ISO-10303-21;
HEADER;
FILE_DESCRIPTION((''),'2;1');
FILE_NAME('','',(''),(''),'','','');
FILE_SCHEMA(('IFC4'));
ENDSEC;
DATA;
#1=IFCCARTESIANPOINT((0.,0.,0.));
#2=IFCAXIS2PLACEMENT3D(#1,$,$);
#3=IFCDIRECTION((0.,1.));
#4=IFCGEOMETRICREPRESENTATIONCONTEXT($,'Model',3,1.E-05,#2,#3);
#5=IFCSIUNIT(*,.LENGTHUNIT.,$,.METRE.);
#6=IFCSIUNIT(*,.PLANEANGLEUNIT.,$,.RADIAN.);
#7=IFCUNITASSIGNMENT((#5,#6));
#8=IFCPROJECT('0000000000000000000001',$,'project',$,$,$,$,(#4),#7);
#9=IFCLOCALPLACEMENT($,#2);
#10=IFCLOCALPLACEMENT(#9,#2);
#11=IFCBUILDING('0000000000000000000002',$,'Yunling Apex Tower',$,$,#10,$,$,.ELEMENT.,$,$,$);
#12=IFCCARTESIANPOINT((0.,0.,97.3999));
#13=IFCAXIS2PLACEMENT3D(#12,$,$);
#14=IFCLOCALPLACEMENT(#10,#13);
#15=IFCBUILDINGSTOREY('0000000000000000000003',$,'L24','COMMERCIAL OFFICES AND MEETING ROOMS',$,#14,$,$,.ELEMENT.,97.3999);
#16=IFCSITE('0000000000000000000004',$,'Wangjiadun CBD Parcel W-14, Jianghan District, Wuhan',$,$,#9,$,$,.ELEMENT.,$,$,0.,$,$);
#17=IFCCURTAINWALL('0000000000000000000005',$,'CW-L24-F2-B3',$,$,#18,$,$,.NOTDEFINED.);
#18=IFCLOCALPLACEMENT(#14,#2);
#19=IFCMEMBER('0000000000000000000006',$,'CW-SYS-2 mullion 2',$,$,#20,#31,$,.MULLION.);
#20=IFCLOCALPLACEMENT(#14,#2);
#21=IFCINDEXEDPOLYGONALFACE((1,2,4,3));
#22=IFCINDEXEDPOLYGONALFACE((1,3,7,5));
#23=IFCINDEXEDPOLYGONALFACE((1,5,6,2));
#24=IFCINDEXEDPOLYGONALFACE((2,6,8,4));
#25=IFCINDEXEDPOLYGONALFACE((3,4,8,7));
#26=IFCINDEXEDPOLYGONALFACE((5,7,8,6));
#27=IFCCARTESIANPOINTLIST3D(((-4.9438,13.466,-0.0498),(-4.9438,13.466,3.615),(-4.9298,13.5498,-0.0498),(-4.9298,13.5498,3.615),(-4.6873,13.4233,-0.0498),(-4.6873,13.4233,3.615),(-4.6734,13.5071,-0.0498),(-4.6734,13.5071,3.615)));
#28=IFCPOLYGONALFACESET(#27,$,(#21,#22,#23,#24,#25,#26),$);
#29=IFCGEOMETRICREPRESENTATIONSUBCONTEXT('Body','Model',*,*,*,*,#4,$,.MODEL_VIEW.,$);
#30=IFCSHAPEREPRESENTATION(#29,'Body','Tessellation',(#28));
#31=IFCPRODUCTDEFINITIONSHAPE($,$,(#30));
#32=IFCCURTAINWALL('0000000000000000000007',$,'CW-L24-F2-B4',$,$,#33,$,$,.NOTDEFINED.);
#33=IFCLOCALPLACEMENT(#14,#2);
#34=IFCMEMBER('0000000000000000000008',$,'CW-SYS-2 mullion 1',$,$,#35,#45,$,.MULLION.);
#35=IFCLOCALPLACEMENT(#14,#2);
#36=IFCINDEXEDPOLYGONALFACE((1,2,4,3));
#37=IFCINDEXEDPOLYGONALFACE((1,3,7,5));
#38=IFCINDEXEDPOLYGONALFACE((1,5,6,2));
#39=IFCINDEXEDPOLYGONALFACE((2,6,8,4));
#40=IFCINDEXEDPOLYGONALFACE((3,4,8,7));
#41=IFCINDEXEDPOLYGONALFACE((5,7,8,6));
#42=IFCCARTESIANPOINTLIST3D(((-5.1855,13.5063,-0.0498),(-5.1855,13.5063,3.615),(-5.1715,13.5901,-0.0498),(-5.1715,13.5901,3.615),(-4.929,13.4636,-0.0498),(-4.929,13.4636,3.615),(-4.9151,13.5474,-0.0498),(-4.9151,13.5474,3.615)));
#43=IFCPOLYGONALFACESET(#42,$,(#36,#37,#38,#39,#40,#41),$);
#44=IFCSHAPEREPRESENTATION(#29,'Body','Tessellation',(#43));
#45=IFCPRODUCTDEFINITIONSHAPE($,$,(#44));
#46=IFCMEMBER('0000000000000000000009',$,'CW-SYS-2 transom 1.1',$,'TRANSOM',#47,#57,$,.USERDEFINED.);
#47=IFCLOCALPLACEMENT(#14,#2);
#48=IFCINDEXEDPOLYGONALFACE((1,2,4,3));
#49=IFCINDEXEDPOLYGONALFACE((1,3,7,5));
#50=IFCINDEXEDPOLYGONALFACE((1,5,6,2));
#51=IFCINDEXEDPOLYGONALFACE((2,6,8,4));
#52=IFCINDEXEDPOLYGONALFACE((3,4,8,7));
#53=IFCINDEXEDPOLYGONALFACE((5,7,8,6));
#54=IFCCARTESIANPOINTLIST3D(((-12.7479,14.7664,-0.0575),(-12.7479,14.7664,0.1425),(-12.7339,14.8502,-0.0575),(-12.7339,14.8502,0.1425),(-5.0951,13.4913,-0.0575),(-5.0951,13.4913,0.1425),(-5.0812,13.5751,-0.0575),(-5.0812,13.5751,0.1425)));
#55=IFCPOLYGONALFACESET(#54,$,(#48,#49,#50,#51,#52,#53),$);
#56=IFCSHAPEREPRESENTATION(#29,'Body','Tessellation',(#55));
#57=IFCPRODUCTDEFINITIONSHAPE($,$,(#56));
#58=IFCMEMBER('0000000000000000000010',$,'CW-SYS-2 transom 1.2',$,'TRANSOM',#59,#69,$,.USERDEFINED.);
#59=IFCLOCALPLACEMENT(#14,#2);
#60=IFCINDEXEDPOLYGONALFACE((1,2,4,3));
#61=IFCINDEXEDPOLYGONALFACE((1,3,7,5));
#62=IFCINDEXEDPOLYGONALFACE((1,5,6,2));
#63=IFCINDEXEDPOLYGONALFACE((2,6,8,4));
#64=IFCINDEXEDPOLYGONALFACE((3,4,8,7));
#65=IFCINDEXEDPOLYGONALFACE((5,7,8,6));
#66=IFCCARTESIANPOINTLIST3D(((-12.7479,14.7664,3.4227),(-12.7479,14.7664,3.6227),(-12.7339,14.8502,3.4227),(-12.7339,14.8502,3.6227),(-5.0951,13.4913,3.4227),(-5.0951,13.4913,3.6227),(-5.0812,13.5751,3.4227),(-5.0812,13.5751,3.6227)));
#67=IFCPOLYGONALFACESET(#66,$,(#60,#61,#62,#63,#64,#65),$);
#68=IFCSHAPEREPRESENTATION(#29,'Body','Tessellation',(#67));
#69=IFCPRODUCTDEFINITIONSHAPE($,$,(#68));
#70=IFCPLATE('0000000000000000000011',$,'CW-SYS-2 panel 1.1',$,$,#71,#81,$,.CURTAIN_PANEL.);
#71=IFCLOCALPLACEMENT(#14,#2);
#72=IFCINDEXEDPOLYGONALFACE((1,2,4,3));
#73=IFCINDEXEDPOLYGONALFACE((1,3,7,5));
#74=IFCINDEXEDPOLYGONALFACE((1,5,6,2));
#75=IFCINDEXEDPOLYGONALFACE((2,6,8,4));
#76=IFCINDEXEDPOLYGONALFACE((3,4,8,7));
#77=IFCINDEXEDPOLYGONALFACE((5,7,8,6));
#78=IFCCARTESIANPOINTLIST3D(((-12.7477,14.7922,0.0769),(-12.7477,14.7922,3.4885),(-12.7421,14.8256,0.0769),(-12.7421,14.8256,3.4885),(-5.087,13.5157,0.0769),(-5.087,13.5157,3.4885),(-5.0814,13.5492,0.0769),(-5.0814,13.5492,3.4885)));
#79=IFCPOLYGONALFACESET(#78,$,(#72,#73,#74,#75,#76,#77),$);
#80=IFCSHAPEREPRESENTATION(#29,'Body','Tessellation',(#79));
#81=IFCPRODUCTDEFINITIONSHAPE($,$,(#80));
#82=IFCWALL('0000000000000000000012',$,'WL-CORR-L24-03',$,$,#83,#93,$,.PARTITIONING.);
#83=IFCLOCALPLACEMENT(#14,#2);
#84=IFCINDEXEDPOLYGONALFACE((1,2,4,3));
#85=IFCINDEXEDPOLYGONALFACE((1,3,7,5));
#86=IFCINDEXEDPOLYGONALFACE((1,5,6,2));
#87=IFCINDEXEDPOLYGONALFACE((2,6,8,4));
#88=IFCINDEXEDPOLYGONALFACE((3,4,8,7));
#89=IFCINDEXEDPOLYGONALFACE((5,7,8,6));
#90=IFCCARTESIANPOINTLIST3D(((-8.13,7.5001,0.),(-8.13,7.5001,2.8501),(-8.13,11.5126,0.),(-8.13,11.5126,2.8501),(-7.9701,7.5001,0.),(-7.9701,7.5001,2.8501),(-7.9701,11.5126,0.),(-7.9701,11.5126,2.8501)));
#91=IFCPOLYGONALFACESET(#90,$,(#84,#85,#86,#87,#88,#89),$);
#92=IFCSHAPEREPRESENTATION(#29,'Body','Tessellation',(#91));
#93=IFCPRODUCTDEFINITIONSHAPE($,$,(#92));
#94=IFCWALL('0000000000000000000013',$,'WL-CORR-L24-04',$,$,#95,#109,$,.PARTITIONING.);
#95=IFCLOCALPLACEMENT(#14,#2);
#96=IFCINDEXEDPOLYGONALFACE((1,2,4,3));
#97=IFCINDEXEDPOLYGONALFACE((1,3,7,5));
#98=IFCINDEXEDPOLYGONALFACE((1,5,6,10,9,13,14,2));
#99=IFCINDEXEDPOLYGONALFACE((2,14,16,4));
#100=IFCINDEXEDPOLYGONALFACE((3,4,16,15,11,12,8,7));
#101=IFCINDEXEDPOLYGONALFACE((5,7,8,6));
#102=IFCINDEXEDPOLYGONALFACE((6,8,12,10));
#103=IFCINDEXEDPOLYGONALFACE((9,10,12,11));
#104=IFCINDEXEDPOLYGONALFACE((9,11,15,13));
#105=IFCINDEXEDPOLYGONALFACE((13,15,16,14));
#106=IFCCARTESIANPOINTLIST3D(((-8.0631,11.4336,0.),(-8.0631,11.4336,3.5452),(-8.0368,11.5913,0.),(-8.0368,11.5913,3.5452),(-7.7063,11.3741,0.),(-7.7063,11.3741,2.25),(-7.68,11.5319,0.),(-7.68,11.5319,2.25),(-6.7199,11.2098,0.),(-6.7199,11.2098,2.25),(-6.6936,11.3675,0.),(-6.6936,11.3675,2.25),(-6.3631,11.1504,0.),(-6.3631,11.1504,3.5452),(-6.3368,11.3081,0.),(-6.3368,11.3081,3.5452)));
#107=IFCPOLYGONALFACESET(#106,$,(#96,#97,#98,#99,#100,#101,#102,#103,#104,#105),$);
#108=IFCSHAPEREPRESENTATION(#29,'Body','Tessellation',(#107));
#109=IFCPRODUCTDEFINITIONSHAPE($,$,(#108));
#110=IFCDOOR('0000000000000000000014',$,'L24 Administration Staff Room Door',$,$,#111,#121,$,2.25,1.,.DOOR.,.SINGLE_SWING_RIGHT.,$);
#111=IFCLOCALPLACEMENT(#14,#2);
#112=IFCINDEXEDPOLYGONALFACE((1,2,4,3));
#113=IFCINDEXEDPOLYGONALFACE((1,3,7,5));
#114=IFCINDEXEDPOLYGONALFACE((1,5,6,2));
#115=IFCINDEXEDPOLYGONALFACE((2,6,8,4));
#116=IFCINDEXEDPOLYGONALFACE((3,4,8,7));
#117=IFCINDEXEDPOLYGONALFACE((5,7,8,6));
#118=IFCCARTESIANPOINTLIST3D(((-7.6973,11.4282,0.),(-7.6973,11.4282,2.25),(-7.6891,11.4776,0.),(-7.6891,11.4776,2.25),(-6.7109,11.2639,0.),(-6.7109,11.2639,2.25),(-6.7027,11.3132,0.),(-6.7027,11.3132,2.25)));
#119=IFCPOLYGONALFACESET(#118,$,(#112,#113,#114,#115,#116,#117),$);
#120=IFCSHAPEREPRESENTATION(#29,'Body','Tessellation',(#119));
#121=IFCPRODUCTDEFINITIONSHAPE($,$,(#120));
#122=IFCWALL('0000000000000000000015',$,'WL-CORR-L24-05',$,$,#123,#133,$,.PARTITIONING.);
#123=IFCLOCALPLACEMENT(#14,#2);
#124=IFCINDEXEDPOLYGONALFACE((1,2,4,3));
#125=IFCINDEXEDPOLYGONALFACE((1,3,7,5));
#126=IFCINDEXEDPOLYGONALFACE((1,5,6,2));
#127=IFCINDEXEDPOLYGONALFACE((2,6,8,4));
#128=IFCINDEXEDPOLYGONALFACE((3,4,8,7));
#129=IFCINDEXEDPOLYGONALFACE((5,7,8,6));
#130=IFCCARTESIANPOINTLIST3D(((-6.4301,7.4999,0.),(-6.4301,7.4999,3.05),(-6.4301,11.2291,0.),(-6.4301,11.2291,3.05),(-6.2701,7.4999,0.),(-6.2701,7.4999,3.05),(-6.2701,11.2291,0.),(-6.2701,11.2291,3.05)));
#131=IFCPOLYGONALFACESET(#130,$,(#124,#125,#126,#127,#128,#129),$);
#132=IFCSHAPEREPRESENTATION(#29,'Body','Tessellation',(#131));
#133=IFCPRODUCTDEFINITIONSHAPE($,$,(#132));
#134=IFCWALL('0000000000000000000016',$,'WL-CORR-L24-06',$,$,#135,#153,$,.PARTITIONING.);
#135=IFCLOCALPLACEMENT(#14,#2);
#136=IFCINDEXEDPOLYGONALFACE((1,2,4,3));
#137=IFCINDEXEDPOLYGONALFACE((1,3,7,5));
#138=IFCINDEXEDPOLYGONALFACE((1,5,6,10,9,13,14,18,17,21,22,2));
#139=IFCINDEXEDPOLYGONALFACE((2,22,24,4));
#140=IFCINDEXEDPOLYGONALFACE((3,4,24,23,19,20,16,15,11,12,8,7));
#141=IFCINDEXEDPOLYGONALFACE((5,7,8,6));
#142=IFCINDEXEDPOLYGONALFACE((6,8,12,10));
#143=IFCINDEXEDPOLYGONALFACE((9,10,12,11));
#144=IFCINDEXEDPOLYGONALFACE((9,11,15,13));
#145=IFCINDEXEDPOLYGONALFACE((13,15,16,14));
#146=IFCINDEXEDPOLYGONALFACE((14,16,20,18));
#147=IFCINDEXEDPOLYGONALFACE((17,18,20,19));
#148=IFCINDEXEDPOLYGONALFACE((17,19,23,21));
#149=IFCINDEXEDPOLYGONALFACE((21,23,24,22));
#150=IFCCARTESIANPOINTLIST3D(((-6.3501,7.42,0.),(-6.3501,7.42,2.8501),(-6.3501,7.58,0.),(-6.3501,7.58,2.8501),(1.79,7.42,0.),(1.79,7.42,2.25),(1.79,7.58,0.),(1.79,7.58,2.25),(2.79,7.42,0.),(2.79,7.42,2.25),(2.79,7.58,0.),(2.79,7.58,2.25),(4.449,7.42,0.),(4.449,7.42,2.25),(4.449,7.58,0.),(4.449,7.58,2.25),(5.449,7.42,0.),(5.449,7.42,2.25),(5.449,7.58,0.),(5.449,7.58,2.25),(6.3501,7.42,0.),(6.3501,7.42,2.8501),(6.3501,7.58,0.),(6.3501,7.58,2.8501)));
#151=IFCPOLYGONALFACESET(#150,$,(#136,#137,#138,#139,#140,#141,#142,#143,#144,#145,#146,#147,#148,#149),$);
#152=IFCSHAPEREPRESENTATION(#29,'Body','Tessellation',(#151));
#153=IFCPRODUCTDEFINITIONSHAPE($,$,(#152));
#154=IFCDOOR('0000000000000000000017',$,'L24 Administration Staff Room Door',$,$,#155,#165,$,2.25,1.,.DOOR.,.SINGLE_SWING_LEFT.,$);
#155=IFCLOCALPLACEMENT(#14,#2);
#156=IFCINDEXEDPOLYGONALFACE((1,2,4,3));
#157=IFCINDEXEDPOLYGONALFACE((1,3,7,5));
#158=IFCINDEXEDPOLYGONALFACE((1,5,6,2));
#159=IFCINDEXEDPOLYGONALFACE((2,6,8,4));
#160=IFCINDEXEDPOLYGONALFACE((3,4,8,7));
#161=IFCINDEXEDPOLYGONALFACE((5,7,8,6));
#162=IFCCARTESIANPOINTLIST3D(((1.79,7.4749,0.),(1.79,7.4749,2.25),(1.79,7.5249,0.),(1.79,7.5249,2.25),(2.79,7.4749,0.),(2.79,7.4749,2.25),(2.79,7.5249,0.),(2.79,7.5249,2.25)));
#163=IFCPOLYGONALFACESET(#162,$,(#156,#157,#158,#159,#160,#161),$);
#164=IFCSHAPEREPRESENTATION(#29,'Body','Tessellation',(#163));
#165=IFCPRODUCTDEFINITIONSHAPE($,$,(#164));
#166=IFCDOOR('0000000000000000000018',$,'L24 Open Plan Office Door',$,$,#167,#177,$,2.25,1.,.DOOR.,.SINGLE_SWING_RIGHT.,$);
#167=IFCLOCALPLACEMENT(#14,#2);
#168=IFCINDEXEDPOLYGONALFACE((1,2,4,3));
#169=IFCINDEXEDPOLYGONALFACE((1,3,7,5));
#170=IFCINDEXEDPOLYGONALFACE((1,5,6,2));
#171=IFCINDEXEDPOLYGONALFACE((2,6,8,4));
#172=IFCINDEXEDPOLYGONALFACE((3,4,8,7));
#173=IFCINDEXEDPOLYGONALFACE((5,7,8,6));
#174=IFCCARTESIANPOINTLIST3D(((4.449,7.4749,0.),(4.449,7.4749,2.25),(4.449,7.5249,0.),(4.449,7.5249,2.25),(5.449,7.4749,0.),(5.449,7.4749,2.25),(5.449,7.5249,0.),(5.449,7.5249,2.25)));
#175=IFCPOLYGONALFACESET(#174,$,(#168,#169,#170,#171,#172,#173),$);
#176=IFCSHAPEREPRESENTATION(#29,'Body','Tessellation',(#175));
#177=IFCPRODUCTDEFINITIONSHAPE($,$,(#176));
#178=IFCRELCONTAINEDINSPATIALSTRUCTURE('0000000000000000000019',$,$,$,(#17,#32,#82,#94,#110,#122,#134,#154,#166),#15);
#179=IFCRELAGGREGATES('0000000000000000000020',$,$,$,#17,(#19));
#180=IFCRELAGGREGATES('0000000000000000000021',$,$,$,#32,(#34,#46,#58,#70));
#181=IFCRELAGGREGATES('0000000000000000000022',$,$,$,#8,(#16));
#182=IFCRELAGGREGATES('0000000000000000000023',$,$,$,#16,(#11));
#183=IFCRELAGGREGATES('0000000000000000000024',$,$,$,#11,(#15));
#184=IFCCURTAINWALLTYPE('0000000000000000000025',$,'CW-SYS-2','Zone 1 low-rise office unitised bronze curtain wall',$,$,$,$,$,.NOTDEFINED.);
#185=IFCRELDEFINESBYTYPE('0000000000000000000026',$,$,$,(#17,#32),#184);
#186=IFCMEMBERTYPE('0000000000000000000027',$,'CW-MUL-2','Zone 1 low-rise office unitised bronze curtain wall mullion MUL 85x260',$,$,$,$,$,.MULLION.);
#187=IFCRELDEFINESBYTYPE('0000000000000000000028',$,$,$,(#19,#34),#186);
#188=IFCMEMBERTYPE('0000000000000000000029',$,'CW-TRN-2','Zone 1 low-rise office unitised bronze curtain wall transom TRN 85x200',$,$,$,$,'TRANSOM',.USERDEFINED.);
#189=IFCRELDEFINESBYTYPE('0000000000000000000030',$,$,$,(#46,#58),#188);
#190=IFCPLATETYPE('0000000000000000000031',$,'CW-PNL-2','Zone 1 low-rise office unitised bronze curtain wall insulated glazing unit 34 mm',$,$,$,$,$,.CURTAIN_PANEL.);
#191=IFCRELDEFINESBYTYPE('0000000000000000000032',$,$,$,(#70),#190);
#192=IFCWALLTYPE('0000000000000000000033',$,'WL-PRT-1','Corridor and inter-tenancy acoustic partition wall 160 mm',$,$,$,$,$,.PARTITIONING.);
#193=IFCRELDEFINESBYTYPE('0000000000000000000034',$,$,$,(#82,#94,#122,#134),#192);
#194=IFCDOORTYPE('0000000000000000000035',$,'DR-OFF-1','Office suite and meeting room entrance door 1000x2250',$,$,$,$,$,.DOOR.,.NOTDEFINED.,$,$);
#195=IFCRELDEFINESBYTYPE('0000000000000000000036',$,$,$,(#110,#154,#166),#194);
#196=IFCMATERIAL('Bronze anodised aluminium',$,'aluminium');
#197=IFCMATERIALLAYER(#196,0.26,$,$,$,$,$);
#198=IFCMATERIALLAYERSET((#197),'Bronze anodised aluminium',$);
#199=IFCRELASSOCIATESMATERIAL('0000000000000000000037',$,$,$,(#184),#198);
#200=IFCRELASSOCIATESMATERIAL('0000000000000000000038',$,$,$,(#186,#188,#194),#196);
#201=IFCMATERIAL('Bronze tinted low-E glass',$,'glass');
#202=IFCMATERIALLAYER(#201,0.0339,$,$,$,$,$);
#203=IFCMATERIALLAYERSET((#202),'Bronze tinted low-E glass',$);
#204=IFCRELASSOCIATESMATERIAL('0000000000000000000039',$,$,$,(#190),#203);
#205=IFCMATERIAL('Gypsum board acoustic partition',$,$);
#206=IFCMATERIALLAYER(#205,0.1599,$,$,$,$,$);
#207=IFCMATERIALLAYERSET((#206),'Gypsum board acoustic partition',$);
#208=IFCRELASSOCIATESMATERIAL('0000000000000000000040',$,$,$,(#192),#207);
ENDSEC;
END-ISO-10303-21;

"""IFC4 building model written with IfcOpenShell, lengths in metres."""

from ifc_helpers import new_model, si_unit, direction, frame, frame_2d, origin, origin_2d, place, context, subcontext, project, spatial, rectangle, extrude, source, transform, mapped, material, layer, layer_set, material_profile, profile_set, type_object, element, fill, aggregate, save


model = new_model("IFC4")

# Units and contexts
model_context = context("Model", 3, precision=1e-05, world=origin(), true_north=direction((0.0, 1.0)))
body_context = subcontext(model_context, "Body", "Model", "MODEL_VIEW")
ifc_project = project(units=[si_unit("LENGTHUNIT", "METRE"), si_unit("PLANEANGLEUNIT", "RADIAN")], contexts=[model_context])

# Site, building, storey
site_placement = place(None, origin())
site = spatial("IfcSite", under=ifc_project, at=site_placement, Name="Wangjiadun CBD Parcel W-14, Jianghan District, Wuhan", CompositionType="ELEMENT", RefElevation=0.0)
building_placement = place(site_placement, origin())
building = spatial("IfcBuilding", under=site, at=building_placement, Name="Yunling Apex Tower", CompositionType="ELEMENT")
storey_placement = place(building_placement, frame((0.0, 0.0, 97.3999)))
storey = spatial("IfcBuildingStorey", under=building, at=storey_placement, Name="L24", Description="COMMERCIAL OFFICES AND MEETING ROOMS", CompositionType="ELEMENT", Elevation=97.3999)

# Curtain wall, member
ifc_material_1 = material(Name="Bronze anodised aluminium", Category="aluminium")
ifc_layer_1 = layer(ifc_material_1, 0.26)
ifc_layer_set_1 = layer_set([ifc_layer_1], Name="Bronze anodised aluminium")
curtain_wall_type = type_object("IfcCurtainWallType", Name="CW-SYS-2", Description="Zone 1 low-rise office unitised bronze curtain wall", PredefinedType="NOTDEFINED", material=ifc_layer_set_1)
curtain_wall_1_placement = place(storey_placement, origin())
curtain_wall_1 = element("IfcCurtainWall", 1, at=curtain_wall_1_placement, inside=storey, type_object=curtain_wall_type, Name="CW-L24-F2-B3", PredefinedType="NOTDEFINED")
ifc_material_profile_1 = material_profile(ifc_material_1, rectangle(XDim=0.085, YDim=0.26, at=origin_2d()))
ifc_profile_set_1 = profile_set([ifc_material_profile_1], Name="Bronze anodised aluminium")
member_type_1 = type_object("IfcMemberType", Name="CW-MUL-2", Description="Zone 1 low-rise office unitised bronze curtain wall mullion MUL 85x260", PredefinedType="MULLION", material=ifc_profile_set_1)
shared_shape_1 = source(origin(), body_context, "Body", "SweptSolid", [
    extrude(rectangle(XDim=0.085, YDim=0.26, at=origin_2d()), origin(), (0.0, 0.0, 1.0), 3.6648),
])
member_1_placement = place(storey_placement, frame((-4.8086, 13.4866, -0.0498), z_axis=(0.0, 0.0, 1.0), x_axis=(-0.164362, -0.9864, 0.0)))
member_1 = element("IfcMember", 2, at=member_1_placement, type_object=member_type_1, Name="CW-SYS-2 mullion 2", PredefinedType="MULLION", context=body_context, shape_type="MappedRepresentation", body=[
    mapped(shared_shape_1, transform((0.0, 0.0, 0.0), scale=1.0)),
])
aggregate(curtain_wall_1, [member_1])

# Curtain wall, members, plate
curtain_wall_2_placement = place(storey_placement, origin())
curtain_wall_2 = element("IfcCurtainWall", 3, at=curtain_wall_2_placement, inside=storey, type_object=curtain_wall_type, Name="CW-L24-F2-B4", PredefinedType="NOTDEFINED")
member_2_placement = place(storey_placement, frame((-5.0503, 13.5269, -0.0498), z_axis=(0.0, 0.0, 1.0), x_axis=(-0.16436, -0.9864, 0.0)))
member_2 = element("IfcMember", 4, at=member_2_placement, type_object=member_type_1, Name="CW-SYS-2 mullion 1", PredefinedType="MULLION", context=body_context, shape_type="MappedRepresentation", body=[
    mapped(shared_shape_1, transform((0.0, 0.0, 0.0), scale=1.0)),
])
ifc_material_profile_2 = material_profile(ifc_material_1, rectangle(XDim=0.085, YDim=0.2, at=origin_2d()))
ifc_profile_set_2 = profile_set([ifc_material_profile_2], Name="Bronze anodised aluminium")
member_type_2 = type_object("IfcMemberType", Name="CW-TRN-2", Description="Zone 1 low-rise office unitised bronze curtain wall transom TRN 85x200", ElementType="TRANSOM", PredefinedType="USERDEFINED", material=ifc_profile_set_2)
shared_shape_2 = source(origin(), body_context, "Body", "SweptSolid", [
    extrude(rectangle(XDim=0.085, YDim=0.2, at=origin_2d()), origin(), (0.0, 0.0, 1.0), 7.7583),
])
member_3_placement = place(storey_placement, frame((-5.0881, 13.5332, 0.0425), z_axis=(-0.986401, 0.164358, 0.0), x_axis=(-0.164358, -0.986401, 0.0)))
member_3 = element("IfcMember", 5, at=member_3_placement, type_object=member_type_2, Name="CW-SYS-2 transom 1.1", ObjectType="TRANSOM", PredefinedType="USERDEFINED", context=body_context, shape_type="MappedRepresentation", body=[
    mapped(shared_shape_2, transform((0.0, 0.0, 0.0), scale=1.0)),
])
member_4_placement = place(storey_placement, frame((-5.0881, 13.5332, 3.5227), z_axis=(-0.986401, 0.164358, 0.0), x_axis=(-0.164358, -0.986401, 0.0)))
member_4 = element("IfcMember", 6, at=member_4_placement, type_object=member_type_2, Name="CW-SYS-2 transom 1.2", ObjectType="TRANSOM", PredefinedType="USERDEFINED", context=body_context, shape_type="MappedRepresentation", body=[
    mapped(shared_shape_2, transform((0.0, 0.0, 0.0), scale=1.0)),
])
ifc_material_2 = material(Name="Bronze tinted low-E glass", Category="glass")
ifc_layer_2 = layer(ifc_material_2, 0.0339)
ifc_layer_set_2 = layer_set([ifc_layer_2], Name="Bronze tinted low-E glass")
plate_type = type_object("IfcPlateType", Name="CW-PNL-2", Description="Zone 1 low-rise office unitised bronze curtain wall insulated glazing unit 34 mm", PredefinedType="CURTAIN_PANEL", material=ifc_layer_set_2)
shared_shape_3 = source(origin(), body_context, "Body", "SweptSolid", [
    extrude(rectangle(XDim=7.7664, YDim=0.0339, at=origin_2d()), origin(), (0.0, 0.0, 1.0), 3.4116),
])
plate_placement = place(storey_placement, frame((-8.9146, 14.1707, 0.0769), z_axis=(0.0, 0.0, 1.0), x_axis=(-0.9864, 0.16436, 0.0)))
plate = element("IfcPlate", 7, at=plate_placement, type_object=plate_type, Name="CW-SYS-2 panel 1.1", PredefinedType="CURTAIN_PANEL", context=body_context, shape_type="MappedRepresentation", body=[
    mapped(shared_shape_3, transform((0.0, 0.0, 0.0), scale=1.0)),
])
aggregate(curtain_wall_2, [member_2, member_3, member_4, plate])

# Wall
ifc_material_3 = material(Name="Gypsum board acoustic partition")
ifc_layer_3 = layer(ifc_material_3, 0.1599)
ifc_layer_set_3 = layer_set([ifc_layer_3], Name="Gypsum board acoustic partition")
wall_type_1 = type_object("IfcWallType", Name="WL-PRT-1", Description="Corridor and inter-tenancy acoustic partition wall 160 mm", PredefinedType="PARTITIONING", material=ifc_layer_set_3)
wall_1_placement = place(storey_placement, frame((-8.05, 7.5, 0.0), z_axis=(0.0, 0.0, 1.0), x_axis=(0.0, 1.0, 0.0)))
element("IfcWall", 8, at=wall_1_placement, inside=storey, type_object=wall_type_1, Name="WL-CORR-L24-03", PredefinedType="PARTITIONING", context=body_context, shape_type="SweptSolid", body=[
    extrude(rectangle(XDim=4.0125, YDim=0.1599, at=frame_2d((2.0063, 0.0))), origin(), (0.0, 0.0, 1.0), 2.8501),
])

# Wall, opening, door
wall_2_placement = place(storey_placement, frame((-8.05, 11.5125, 0.0), z_axis=(0.0, 0.0, 1.0), x_axis=(0.986405, -0.16433, 0.0)))
wall_2 = element("IfcWall", 9, at=wall_2_placement, inside=storey, type_object=wall_type_1, Name="WL-CORR-L24-04", PredefinedType="PARTITIONING", context=body_context, shape_type="SweptSolid", body=[
    extrude(rectangle(XDim=1.7234, YDim=0.1599, at=frame_2d((0.8618, 0.0))), origin(), (0.0, 0.0, 1.0), 3.5452),
])
opening_1_placement = place(wall_2_placement, frame((0.3618, 0.0, 0.0)))
opening_1 = element("IfcOpeningElement", 10, at=opening_1_placement, cuts=wall_2, PredefinedType="OPENING", context=body_context, shape_type="SweptSolid", body=[
    extrude(rectangle(XDim=1.0, YDim=2.25, at=frame_2d((0.5, 1.125))), frame((0.0, 0.0898, 0.0), z_axis=(0.0, -1.0, 0.0), x_axis=(1.0, 0.0, 0.0)), (0.0, 0.0, 1.0), 0.1799),
])
door_type = type_object("IfcDoorType", Name="DR-OFF-1", Description="Office suite and meeting room entrance door 1000x2250", OperationType="NOTDEFINED", PredefinedType="DOOR", material=ifc_material_1)
door_1_placement = place(opening_1_placement, origin())
door_1 = element("IfcDoor", 11, at=door_1_placement, inside=storey, type_object=door_type, Name="L24 Administration Staff Room Door", OperationType="SINGLE_SWING_RIGHT", OverallHeight=2.25, OverallWidth=1.0, PredefinedType="DOOR", context=body_context, shape_type="SweptSolid", body=[
    extrude(rectangle(XDim=1.0, YDim=2.25, at=frame_2d((0.5, 1.125))), frame((0.0, 0.0249, 0.0), z_axis=(0.0, -1.0, 0.0), x_axis=(1.0, 0.0, 0.0)), (0.0, 0.0, 1.0), 0.05),
])
fill(opening_1, door_1)

# Wall
wall_3_placement = place(storey_placement, frame((-6.3501, 11.2292, 0.0), z_axis=(0.0, 0.0, 1.0), x_axis=(0.0, -1.0, 0.0)))
element("IfcWall", 12, at=wall_3_placement, inside=storey, type_object=wall_type_1, Name="WL-CORR-L24-05", PredefinedType="PARTITIONING", context=body_context, shape_type="SweptSolid", body=[
    extrude(rectangle(XDim=3.7292, YDim=0.1599, at=frame_2d((1.8647, 0.0))), origin(), (0.0, 0.0, 1.0), 3.05),
])

# Wall, openings, doors
wall_4_placement = place(storey_placement, frame((-6.3501, 7.5, 0.0), z_axis=(0.0, 0.0, 1.0), x_axis=(1.0, 0.0, 0.0)))
wall_4 = element("IfcWall", 13, at=wall_4_placement, inside=storey, type_object=wall_type_1, Name="WL-CORR-L24-06", PredefinedType="PARTITIONING", context=body_context, shape_type="SweptSolid", body=[
    extrude(rectangle(XDim=12.7002, YDim=0.1599, at=frame_2d((6.3501, 0.0))), origin(), (0.0, 0.0, 1.0), 2.8501),
])
opening_2_placement = place(wall_4_placement, frame((8.1401, 0.0, 0.0)))
opening_2 = element("IfcOpeningElement", 14, at=opening_2_placement, cuts=wall_4, PredefinedType="OPENING", context=body_context, shape_type="SweptSolid", body=[
    extrude(rectangle(XDim=1.0, YDim=2.25, at=frame_2d((0.5, 1.125))), frame((0.0, 0.0898, 0.0), z_axis=(0.0, -1.0, 0.0), x_axis=(1.0, 0.0, 0.0)), (0.0, 0.0, 1.0), 0.1799),
])
opening_3_placement = place(wall_4_placement, frame((10.7991, 0.0, 0.0)))
opening_3 = element("IfcOpeningElement", 15, at=opening_3_placement, cuts=wall_4, PredefinedType="OPENING", context=body_context, shape_type="SweptSolid", body=[
    extrude(rectangle(XDim=1.0, YDim=2.25, at=frame_2d((0.5, 1.125))), frame((0.0, 0.0898, 0.0), z_axis=(0.0, -1.0, 0.0), x_axis=(1.0, 0.0, 0.0)), (0.0, 0.0, 1.0), 0.1799),
])
door_2_placement = place(opening_2_placement, origin())
door_2 = element("IfcDoor", 16, at=door_2_placement, inside=storey, type_object=door_type, Name="L24 Administration Staff Room Door", OperationType="SINGLE_SWING_LEFT", OverallHeight=2.25, OverallWidth=1.0, PredefinedType="DOOR", context=body_context, shape_type="SweptSolid", body=[
    extrude(rectangle(XDim=1.0, YDim=2.25, at=frame_2d((0.5, 1.125))), frame((0.0, 0.0249, 0.0), z_axis=(0.0, -1.0, 0.0), x_axis=(1.0, 0.0, 0.0)), (0.0, 0.0, 1.0), 0.05),
])
fill(opening_2, door_2)
door_3_placement = place(opening_3_placement, origin())
door_3 = element("IfcDoor", 17, at=door_3_placement, inside=storey, type_object=door_type, Name="L24 Open Plan Office Door", OperationType="SINGLE_SWING_RIGHT", OverallHeight=2.25, OverallWidth=1.0, PredefinedType="DOOR", context=body_context, shape_type="SweptSolid", body=[
    extrude(rectangle(XDim=1.0, YDim=2.25, at=frame_2d((0.5, 1.125))), frame((0.0, 0.0249, 0.0), z_axis=(0.0, -1.0, 0.0), x_axis=(1.0, 0.0, 0.0)), (0.0, 0.0, 1.0), 0.05),
])
fill(opening_3, door_3)

save(model, "model.ifc")
